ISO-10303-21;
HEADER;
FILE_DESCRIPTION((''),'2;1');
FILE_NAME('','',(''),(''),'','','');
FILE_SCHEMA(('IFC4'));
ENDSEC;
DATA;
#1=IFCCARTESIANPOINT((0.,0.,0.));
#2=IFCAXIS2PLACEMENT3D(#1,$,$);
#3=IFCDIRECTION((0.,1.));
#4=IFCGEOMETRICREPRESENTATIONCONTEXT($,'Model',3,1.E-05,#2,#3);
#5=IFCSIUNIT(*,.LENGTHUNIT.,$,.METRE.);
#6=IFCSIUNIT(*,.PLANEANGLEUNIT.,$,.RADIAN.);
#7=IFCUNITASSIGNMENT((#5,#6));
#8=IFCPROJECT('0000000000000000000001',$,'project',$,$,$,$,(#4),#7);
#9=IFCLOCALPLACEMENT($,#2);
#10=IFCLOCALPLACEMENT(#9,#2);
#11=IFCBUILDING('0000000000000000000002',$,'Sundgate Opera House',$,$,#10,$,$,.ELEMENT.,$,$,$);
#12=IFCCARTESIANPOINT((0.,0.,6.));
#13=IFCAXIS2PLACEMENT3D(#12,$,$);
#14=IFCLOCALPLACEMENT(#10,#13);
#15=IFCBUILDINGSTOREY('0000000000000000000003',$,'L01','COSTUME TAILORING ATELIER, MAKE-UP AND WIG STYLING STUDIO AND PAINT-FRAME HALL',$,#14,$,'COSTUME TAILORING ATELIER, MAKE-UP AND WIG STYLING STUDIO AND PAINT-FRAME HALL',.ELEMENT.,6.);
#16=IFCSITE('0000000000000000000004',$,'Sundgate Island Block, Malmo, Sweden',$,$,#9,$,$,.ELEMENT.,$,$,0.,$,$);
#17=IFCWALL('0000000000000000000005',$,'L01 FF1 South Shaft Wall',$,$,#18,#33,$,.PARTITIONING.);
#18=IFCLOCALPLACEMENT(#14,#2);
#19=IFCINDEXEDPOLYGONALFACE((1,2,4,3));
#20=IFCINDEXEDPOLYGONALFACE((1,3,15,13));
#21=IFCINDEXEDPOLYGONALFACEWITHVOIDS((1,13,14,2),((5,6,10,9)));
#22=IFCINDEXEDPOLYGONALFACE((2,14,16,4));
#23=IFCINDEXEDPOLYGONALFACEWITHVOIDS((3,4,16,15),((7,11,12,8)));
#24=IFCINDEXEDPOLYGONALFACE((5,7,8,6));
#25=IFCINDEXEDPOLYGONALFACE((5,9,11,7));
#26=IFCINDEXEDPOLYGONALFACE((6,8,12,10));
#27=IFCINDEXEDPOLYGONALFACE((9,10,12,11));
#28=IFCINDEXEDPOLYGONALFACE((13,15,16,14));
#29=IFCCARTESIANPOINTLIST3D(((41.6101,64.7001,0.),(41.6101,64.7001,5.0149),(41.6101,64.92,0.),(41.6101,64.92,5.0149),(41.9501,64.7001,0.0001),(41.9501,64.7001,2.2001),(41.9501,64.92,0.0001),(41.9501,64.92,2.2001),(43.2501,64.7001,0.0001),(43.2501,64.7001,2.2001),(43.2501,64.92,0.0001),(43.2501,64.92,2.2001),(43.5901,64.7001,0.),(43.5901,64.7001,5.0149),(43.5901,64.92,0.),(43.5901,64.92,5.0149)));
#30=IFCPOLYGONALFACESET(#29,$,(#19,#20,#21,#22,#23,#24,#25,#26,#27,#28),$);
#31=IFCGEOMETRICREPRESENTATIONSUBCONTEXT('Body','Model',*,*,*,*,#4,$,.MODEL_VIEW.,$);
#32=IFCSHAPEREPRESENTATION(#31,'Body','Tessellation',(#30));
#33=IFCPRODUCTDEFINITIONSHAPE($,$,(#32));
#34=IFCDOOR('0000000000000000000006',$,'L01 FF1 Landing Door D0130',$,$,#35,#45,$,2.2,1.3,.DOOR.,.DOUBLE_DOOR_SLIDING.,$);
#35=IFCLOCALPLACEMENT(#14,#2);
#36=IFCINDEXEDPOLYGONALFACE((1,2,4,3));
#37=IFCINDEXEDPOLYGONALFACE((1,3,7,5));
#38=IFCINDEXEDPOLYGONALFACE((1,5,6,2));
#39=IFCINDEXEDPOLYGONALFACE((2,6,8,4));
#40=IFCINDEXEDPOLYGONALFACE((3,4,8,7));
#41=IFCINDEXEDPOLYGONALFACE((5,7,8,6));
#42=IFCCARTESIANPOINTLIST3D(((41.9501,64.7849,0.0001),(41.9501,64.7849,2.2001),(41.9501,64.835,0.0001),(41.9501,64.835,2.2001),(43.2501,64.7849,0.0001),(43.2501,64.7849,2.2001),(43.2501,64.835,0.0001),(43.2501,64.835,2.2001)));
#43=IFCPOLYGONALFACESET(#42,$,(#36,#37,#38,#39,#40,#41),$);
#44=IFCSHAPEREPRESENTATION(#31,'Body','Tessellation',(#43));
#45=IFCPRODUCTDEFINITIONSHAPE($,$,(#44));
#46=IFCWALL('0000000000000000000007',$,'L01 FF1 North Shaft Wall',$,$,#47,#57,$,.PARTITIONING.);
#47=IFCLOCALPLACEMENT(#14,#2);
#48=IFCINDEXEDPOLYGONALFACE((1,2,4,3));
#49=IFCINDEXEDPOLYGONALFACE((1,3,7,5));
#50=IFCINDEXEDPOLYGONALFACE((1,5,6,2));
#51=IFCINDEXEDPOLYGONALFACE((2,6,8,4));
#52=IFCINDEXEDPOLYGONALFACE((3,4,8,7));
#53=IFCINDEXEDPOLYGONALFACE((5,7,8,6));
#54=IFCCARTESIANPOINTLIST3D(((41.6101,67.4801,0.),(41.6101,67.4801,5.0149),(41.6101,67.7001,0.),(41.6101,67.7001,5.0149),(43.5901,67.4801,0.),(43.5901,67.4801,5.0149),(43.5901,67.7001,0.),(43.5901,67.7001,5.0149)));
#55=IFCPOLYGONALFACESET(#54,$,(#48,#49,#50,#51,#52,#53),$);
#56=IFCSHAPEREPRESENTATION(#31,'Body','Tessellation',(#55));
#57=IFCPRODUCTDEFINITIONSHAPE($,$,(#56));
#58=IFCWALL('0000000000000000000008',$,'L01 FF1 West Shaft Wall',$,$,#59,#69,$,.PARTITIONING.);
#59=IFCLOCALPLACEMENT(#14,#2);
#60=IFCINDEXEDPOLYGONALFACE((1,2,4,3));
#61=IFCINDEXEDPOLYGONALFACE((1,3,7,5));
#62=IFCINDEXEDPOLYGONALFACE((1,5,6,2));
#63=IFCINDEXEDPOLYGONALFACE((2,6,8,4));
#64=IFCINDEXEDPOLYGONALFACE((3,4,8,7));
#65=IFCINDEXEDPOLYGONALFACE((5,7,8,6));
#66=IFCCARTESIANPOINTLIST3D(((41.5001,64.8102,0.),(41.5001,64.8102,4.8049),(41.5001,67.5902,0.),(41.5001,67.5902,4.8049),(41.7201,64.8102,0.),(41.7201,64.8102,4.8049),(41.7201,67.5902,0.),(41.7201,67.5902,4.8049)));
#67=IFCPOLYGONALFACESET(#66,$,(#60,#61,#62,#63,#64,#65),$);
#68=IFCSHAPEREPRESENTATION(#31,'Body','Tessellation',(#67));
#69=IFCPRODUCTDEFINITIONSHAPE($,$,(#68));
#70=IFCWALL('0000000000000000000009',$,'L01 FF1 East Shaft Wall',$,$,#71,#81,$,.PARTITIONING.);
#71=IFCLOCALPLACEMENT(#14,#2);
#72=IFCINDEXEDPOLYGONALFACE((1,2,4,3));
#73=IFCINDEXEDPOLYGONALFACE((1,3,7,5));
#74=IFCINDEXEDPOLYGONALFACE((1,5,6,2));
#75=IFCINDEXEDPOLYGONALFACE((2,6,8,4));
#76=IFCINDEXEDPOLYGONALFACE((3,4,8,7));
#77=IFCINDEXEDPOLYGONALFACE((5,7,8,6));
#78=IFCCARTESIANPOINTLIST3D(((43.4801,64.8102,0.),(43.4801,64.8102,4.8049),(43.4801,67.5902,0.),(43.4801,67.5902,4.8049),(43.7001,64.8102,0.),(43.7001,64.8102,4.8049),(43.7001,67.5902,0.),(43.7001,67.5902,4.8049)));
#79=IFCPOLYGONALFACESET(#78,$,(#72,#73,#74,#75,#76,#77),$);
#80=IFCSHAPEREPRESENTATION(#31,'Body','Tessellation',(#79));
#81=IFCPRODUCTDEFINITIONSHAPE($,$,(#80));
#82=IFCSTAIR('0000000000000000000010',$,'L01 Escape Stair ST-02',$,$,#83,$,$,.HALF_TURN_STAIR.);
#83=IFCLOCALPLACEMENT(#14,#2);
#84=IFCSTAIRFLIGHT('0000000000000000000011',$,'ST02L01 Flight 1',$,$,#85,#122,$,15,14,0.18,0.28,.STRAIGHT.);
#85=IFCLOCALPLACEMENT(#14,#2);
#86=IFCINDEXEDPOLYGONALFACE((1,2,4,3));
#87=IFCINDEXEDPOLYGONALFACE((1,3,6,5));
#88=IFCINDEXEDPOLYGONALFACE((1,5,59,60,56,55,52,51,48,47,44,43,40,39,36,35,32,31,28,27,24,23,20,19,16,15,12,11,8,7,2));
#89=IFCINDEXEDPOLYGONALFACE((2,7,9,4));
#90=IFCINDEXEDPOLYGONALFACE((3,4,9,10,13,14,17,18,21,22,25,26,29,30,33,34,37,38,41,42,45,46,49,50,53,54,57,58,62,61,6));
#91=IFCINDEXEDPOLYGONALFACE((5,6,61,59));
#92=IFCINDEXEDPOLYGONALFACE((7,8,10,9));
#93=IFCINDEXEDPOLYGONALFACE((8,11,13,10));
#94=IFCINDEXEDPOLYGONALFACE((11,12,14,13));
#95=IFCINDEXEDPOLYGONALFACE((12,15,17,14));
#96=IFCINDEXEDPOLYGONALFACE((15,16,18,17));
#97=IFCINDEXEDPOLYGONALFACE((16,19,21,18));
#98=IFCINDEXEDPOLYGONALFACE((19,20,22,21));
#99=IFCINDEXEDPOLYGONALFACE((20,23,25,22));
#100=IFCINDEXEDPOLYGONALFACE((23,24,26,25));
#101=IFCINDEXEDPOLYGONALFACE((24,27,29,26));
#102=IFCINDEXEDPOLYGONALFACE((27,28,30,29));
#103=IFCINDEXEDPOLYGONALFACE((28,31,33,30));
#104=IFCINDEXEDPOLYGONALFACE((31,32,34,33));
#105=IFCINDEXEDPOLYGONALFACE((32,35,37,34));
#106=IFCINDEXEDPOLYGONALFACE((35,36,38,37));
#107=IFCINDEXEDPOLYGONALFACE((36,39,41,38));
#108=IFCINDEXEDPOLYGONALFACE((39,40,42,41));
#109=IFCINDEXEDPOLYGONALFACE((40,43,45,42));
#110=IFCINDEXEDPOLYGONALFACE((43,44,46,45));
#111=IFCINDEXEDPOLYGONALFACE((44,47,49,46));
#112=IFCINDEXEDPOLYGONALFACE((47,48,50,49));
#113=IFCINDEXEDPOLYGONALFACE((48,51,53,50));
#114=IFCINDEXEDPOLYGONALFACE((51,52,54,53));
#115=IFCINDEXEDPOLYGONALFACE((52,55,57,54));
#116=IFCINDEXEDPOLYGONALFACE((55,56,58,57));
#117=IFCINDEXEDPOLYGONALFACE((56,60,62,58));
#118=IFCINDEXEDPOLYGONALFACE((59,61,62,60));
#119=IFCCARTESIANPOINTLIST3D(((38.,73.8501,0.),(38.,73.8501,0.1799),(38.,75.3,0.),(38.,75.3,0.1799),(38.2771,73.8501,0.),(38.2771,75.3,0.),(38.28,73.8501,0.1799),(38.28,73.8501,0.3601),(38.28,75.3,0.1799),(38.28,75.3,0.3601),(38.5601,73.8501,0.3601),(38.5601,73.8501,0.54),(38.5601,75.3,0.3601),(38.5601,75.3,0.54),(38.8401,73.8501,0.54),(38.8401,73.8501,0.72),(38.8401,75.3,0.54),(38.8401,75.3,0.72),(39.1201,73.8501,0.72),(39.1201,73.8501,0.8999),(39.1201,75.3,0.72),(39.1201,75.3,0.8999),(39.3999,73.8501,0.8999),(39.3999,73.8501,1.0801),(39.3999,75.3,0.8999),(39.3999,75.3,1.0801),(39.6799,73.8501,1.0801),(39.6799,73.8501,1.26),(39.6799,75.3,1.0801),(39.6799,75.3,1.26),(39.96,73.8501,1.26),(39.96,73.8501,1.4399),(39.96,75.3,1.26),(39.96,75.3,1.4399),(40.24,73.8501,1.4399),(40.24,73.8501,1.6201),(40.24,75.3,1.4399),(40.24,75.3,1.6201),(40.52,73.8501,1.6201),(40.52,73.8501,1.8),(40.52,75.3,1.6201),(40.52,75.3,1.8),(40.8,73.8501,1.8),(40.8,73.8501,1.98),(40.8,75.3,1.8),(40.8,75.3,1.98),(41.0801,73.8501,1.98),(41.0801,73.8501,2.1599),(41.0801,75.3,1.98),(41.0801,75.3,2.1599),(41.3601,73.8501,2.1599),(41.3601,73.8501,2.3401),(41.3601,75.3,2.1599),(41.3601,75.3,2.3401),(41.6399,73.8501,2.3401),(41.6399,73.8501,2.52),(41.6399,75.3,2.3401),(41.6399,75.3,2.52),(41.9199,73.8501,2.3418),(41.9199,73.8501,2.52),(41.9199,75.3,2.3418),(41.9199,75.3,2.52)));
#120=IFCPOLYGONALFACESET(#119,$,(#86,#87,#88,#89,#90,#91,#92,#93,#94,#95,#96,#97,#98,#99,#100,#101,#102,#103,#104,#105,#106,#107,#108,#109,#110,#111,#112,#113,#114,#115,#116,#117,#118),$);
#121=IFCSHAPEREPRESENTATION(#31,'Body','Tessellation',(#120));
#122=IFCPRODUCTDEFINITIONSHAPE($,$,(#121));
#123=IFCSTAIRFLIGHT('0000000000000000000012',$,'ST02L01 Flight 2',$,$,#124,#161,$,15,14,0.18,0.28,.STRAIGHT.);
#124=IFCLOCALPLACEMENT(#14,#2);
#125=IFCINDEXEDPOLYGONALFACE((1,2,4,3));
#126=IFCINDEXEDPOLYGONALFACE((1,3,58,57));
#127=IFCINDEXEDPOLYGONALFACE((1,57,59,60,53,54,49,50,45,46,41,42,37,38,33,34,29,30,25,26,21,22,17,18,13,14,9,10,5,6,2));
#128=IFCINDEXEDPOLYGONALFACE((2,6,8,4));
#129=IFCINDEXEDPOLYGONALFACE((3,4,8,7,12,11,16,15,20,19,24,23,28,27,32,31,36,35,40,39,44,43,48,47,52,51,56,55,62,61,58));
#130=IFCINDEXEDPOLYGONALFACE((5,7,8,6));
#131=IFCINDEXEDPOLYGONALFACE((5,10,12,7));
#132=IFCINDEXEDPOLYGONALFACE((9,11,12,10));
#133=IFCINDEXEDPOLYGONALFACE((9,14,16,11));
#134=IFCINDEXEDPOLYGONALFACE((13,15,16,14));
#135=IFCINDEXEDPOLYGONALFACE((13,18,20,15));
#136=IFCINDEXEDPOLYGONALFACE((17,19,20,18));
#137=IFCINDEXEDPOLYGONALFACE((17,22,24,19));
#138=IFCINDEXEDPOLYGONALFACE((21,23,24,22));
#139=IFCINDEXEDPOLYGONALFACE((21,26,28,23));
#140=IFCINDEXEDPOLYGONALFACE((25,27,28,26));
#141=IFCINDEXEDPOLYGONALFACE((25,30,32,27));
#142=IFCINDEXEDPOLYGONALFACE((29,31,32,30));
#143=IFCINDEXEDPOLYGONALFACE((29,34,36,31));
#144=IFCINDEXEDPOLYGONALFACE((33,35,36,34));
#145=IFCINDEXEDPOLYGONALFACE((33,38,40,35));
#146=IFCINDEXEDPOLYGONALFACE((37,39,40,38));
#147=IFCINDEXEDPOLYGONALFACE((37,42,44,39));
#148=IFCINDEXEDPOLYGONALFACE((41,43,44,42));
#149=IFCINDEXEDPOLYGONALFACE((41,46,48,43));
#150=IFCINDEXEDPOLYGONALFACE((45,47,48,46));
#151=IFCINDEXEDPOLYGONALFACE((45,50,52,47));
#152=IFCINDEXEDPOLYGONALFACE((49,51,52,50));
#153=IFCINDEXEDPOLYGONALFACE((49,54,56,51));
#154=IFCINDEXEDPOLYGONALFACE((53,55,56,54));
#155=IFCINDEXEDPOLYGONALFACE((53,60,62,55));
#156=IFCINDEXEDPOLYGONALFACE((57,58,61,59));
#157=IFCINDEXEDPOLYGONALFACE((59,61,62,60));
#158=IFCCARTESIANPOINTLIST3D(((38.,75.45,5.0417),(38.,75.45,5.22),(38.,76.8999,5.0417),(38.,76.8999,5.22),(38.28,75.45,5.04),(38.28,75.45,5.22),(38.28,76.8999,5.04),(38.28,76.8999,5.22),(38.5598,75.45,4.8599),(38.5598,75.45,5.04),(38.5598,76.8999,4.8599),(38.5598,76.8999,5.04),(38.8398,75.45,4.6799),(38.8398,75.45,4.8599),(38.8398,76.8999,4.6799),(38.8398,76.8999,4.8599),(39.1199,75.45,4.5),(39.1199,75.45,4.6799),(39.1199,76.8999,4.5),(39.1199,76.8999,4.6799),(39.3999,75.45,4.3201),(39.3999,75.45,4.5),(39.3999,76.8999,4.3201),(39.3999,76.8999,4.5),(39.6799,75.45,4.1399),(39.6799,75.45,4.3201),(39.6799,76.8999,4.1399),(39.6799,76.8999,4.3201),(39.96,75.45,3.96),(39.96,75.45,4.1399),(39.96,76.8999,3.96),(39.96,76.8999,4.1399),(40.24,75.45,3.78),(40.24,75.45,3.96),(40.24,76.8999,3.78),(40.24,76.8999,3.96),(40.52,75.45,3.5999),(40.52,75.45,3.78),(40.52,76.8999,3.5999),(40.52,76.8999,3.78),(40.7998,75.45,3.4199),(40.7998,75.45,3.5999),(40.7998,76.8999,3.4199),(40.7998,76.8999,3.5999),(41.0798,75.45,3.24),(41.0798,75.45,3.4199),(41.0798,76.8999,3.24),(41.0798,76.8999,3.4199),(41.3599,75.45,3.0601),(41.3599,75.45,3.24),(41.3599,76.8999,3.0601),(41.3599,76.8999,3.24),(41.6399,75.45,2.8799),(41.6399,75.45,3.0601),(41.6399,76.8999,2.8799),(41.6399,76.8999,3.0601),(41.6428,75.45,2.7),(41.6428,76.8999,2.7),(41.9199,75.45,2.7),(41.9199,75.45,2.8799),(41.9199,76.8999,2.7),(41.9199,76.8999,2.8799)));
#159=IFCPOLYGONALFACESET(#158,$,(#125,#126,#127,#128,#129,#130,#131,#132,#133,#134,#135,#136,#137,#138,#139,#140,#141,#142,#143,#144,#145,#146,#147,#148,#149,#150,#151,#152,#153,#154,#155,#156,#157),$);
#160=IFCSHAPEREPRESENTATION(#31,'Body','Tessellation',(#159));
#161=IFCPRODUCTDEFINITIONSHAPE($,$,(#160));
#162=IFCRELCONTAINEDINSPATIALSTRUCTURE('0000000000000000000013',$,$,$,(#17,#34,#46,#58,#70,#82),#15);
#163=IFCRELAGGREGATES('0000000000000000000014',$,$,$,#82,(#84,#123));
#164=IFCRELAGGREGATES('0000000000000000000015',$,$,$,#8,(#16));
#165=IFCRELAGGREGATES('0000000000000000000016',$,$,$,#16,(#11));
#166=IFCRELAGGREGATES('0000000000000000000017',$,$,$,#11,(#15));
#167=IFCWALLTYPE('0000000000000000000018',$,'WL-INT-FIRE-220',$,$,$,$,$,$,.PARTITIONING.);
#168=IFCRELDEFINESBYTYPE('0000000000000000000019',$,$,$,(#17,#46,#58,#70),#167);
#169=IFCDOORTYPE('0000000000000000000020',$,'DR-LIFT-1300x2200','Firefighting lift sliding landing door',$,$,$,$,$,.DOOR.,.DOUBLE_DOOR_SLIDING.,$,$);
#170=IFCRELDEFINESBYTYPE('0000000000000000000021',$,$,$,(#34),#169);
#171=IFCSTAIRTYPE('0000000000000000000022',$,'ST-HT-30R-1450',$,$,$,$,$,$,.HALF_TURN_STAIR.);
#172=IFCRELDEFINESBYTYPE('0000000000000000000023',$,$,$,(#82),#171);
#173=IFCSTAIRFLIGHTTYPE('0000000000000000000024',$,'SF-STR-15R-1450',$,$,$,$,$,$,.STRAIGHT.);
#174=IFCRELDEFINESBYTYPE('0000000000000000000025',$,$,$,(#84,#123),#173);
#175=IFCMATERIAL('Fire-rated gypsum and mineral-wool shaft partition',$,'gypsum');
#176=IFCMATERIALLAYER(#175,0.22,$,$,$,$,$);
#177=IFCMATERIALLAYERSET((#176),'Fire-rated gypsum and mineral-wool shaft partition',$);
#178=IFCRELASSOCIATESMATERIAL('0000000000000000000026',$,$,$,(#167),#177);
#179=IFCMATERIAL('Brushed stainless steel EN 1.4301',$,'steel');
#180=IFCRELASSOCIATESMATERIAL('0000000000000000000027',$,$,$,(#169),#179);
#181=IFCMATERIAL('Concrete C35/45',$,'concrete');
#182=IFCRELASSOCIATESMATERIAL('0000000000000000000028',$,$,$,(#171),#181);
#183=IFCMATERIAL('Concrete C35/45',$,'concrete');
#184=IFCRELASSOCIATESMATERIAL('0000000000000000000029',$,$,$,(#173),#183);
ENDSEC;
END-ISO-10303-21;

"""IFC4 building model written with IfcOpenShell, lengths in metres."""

from ifc_helpers import new_model, si_unit, direction, frame, frame_2d, origin, place, context, subcontext, project, spatial, polyline, rectangle, outline, extrude, material, layer, layer_set, type_object, element, fill, aggregate, save


model = new_model("IFC4")

# Units and contexts
model_context = context("Model", 3, precision=1e-05, world=origin(), true_north=direction((0.0, 1.0)))
body_context = subcontext(model_context, "Body", "Model", "MODEL_VIEW")
ifc_project = project(units=[si_unit("LENGTHUNIT", "METRE"), si_unit("PLANEANGLEUNIT", "RADIAN")], contexts=[model_context])

# Site, building, storey
site_placement = place(None, origin())
site = spatial("IfcSite", under=ifc_project, at=site_placement, Name="Sundgate Island Block, Malmo, Sweden", CompositionType="ELEMENT", RefElevation=0.0)
building_placement = place(site_placement, origin())
building = spatial("IfcBuilding", under=site, at=building_placement, Name="Sundgate Opera House", CompositionType="ELEMENT")
storey_placement = place(building_placement, frame((0.0, 0.0, 6.0)))
storey = spatial("IfcBuildingStorey", under=building, at=storey_placement, Name="L01", Description="COSTUME TAILORING ATELIER, MAKE-UP AND WIG STYLING STUDIO AND PAINT-FRAME HALL", LongName="COSTUME TAILORING ATELIER, MAKE-UP AND WIG STYLING STUDIO AND PAINT-FRAME HALL", CompositionType="ELEMENT", Elevation=6.0)

# Shared definitions
ifc_material_1 = material(Name="Fire-rated gypsum and mineral-wool shaft partition", Category="gypsum")
ifc_layer_1 = layer(ifc_material_1, 0.22)
ifc_layer_set_1 = layer_set([ifc_layer_1], Name="Fire-rated gypsum and mineral-wool shaft partition")
wall_type_1 = type_object("IfcWallType", Name="WL-INT-FIRE-220", PredefinedType="PARTITIONING", material=ifc_layer_set_1)

# Wall, opening, door
wall_1_placement = place(storey_placement, frame((41.6101, 64.8101, 0.0), z_axis=(0.0, 0.0, 1.0), x_axis=(1.0, 0.0, 0.0)))
wall_1 = element("IfcWall", 1, at=wall_1_placement, inside=storey, type_object=wall_type_1, Name="L01 FF1 South Shaft Wall", PredefinedType="PARTITIONING", context=body_context, shape_type="SweptSolid", body=[
    extrude(rectangle(XDim=1.98, YDim=0.22, at=frame_2d((0.99, 0.0))), origin(), (0.0, 0.0, 1.0), 5.0149),
])
opening_placement = place(wall_1_placement, frame((0.3401, 0.0, 0.0)))
opening = element("IfcOpeningElement", 2, at=opening_placement, cuts=wall_1, PredefinedType="OPENING", context=body_context, shape_type="SweptSolid", body=[
    extrude(rectangle(XDim=1.3, YDim=2.2, at=frame_2d((0.6499, 1.1001))), frame((0.0, 0.1199, 0.0), z_axis=(0.0, -1.0, 0.0), x_axis=(1.0, 0.0, 0.0)), (0.0, 0.0, 1.0), 0.24),
])
ifc_material_2 = material(Name="Brushed stainless steel EN 1.4301", Category="steel")
door_type = type_object("IfcDoorType", Name="DR-LIFT-1300x2200", Description="Firefighting lift sliding landing door", OperationType="DOUBLE_DOOR_SLIDING", PredefinedType="DOOR", material=ifc_material_2)
door_placement = place(opening_placement, origin())
door = element("IfcDoor", 3, at=door_placement, inside=storey, type_object=door_type, Name="L01 FF1 Landing Door D0130", OperationType="DOUBLE_DOOR_SLIDING", OverallHeight=2.2, OverallWidth=1.3, PredefinedType="DOOR", context=body_context, shape_type="SweptSolid", body=[
    extrude(rectangle(XDim=1.3, YDim=2.2, at=frame_2d((0.6499, 1.1001))), frame((0.0, 0.0249, 0.0), z_axis=(0.0, -1.0, 0.0), x_axis=(1.0, 0.0, 0.0)), (0.0, 0.0, 1.0), 0.05),
])
fill(opening, door)

# Walls
wall_2_placement = place(storey_placement, frame((41.6101, 67.5901, 0.0), z_axis=(0.0, 0.0, 1.0), x_axis=(1.0, 0.0, 0.0)))
element("IfcWall", 4, at=wall_2_placement, inside=storey, type_object=wall_type_1, Name="L01 FF1 North Shaft Wall", PredefinedType="PARTITIONING", context=body_context, shape_type="SweptSolid", body=[
    extrude(rectangle(XDim=1.98, YDim=0.22, at=frame_2d((0.99, 0.0))), origin(), (0.0, 0.0, 1.0), 5.0149),
])
for number, where, z_axis, x_axis, name in (
    (5, (41.6101, 64.8101, 0.0), (0.0, 0.0, 1.0), (0.0, 1.0, 0.0), "L01 FF1 West Shaft Wall"),
    (6, (43.5901, 64.8101, 0.0), (0.0, 0.0, 1.0), (0.0, 1.0, 0.0), "L01 FF1 East Shaft Wall"),
):
    element("IfcWall", number, at=place(storey_placement, frame(where, z_axis=z_axis, x_axis=x_axis)), inside=storey, type_object=wall_type_1, Name=name, PredefinedType="PARTITIONING", context=body_context, shape_type="SweptSolid", body=[
        extrude(rectangle(XDim=2.78, YDim=0.22, at=frame_2d((1.3901, 0.0))), origin(), (0.0, 0.0, 1.0), 4.8049),
    ])

# Stair, stair flights
ifc_material_3 = material(Name="Concrete C35/45", Category="concrete")
stair_type = type_object("IfcStairType", Name="ST-HT-30R-1450", PredefinedType="HALF_TURN_STAIR", material=ifc_material_3)
stair_placement = place(storey_placement, origin())
stair = element("IfcStair", 7, at=stair_placement, inside=storey, type_object=stair_type, Name="L01 Escape Stair ST-02", PredefinedType="HALF_TURN_STAIR")
ifc_material_4 = material(Name="Concrete C35/45", Category="concrete")
stair_flight_type = type_object("IfcStairFlightType", Name="SF-STR-15R-1450", PredefinedType="STRAIGHT", material=ifc_material_4)
stair_flight_1_placement = place(storey_placement, frame((38.0, 74.575, 0.0), z_axis=(0.0, 0.0, 1.0), x_axis=(1.0, 0.0, 0.0)))
stair_flight_1 = element("IfcStairFlight", 8, at=stair_flight_1_placement, type_object=stair_flight_type, Name="ST02L01 Flight 1", NumberOfRisers=15, NumberOfTreads=14, PredefinedType="STRAIGHT", RiserHeight=0.18, TreadLength=0.28, context=body_context, shape_type="SweptSolid", body=[
    extrude(outline(polyline([(0.0, 0.0), (0.0, 0.1799), (0.28, 0.1799), (0.28, 0.3601), (0.5601, 0.3601), (0.5601, 0.54), (0.8401, 0.54), (0.8401, 0.72), (1.1201, 0.72), (1.1201, 0.8999), (1.3999, 0.8999), (1.3999, 1.0801), (1.6799, 1.0801), (1.6799, 1.26), (1.96, 1.26), (1.96, 1.4399), (2.24, 1.4399), (2.24, 1.6201), (2.52, 1.6201), (2.52, 1.8), (2.8, 1.8), (2.8, 1.98), (3.0801, 1.98), (3.0801, 2.1599), (3.3601, 2.1599), (3.3601, 2.3401), (3.6399, 2.3401), (3.6399, 2.52), (3.9199, 2.52), (3.9199, 2.7), (3.9199, 2.3418), (0.2771, 0.0), (0.0, 0.0)])), frame((0.0, 0.7251, 0.0), z_axis=(0.0, -1.0, 0.0), x_axis=(1.0, 0.0, 0.0)), (0.0, 0.0, 1.0), 1.45),
])
stair_flight_2_placement = place(storey_placement, frame((41.9199, 76.175, 2.7), z_axis=(0.0, 0.0, 1.0), x_axis=(-1.0, 0.0, 0.0)))
stair_flight_2 = element("IfcStairFlight", 9, at=stair_flight_2_placement, type_object=stair_flight_type, Name="ST02L01 Flight 2", NumberOfRisers=15, NumberOfTreads=14, PredefinedType="STRAIGHT", RiserHeight=0.18, TreadLength=0.28, context=body_context, shape_type="SweptSolid", body=[
    extrude(outline(polyline([(0.0, 0.0), (0.0, 0.1799), (0.28, 0.1799), (0.28, 0.3601), (0.5601, 0.3601), (0.5601, 0.54), (0.8401, 0.54), (0.8401, 0.72), (1.1201, 0.72), (1.1201, 0.8999), (1.3999, 0.8999), (1.3999, 1.0801), (1.6799, 1.0801), (1.6799, 1.26), (1.96, 1.26), (1.96, 1.4399), (2.24, 1.4399), (2.24, 1.6201), (2.52, 1.6201), (2.52, 1.8), (2.8, 1.8), (2.8, 1.98), (3.0801, 1.98), (3.0801, 2.1599), (3.3601, 2.1599), (3.3601, 2.3401), (3.6399, 2.3401), (3.6399, 2.52), (3.9199, 2.52), (3.9199, 2.7), (3.9199, 2.3418), (0.2771, 0.0), (0.0, 0.0)])), frame((0.0, 0.7251, 0.0), z_axis=(0.0, -1.0, 0.0), x_axis=(1.0, 0.0, 0.0)), (0.0, 0.0, 1.0), 1.45),
])
aggregate(stair, [stair_flight_1, stair_flight_2])

save(model, "model.ifc")
